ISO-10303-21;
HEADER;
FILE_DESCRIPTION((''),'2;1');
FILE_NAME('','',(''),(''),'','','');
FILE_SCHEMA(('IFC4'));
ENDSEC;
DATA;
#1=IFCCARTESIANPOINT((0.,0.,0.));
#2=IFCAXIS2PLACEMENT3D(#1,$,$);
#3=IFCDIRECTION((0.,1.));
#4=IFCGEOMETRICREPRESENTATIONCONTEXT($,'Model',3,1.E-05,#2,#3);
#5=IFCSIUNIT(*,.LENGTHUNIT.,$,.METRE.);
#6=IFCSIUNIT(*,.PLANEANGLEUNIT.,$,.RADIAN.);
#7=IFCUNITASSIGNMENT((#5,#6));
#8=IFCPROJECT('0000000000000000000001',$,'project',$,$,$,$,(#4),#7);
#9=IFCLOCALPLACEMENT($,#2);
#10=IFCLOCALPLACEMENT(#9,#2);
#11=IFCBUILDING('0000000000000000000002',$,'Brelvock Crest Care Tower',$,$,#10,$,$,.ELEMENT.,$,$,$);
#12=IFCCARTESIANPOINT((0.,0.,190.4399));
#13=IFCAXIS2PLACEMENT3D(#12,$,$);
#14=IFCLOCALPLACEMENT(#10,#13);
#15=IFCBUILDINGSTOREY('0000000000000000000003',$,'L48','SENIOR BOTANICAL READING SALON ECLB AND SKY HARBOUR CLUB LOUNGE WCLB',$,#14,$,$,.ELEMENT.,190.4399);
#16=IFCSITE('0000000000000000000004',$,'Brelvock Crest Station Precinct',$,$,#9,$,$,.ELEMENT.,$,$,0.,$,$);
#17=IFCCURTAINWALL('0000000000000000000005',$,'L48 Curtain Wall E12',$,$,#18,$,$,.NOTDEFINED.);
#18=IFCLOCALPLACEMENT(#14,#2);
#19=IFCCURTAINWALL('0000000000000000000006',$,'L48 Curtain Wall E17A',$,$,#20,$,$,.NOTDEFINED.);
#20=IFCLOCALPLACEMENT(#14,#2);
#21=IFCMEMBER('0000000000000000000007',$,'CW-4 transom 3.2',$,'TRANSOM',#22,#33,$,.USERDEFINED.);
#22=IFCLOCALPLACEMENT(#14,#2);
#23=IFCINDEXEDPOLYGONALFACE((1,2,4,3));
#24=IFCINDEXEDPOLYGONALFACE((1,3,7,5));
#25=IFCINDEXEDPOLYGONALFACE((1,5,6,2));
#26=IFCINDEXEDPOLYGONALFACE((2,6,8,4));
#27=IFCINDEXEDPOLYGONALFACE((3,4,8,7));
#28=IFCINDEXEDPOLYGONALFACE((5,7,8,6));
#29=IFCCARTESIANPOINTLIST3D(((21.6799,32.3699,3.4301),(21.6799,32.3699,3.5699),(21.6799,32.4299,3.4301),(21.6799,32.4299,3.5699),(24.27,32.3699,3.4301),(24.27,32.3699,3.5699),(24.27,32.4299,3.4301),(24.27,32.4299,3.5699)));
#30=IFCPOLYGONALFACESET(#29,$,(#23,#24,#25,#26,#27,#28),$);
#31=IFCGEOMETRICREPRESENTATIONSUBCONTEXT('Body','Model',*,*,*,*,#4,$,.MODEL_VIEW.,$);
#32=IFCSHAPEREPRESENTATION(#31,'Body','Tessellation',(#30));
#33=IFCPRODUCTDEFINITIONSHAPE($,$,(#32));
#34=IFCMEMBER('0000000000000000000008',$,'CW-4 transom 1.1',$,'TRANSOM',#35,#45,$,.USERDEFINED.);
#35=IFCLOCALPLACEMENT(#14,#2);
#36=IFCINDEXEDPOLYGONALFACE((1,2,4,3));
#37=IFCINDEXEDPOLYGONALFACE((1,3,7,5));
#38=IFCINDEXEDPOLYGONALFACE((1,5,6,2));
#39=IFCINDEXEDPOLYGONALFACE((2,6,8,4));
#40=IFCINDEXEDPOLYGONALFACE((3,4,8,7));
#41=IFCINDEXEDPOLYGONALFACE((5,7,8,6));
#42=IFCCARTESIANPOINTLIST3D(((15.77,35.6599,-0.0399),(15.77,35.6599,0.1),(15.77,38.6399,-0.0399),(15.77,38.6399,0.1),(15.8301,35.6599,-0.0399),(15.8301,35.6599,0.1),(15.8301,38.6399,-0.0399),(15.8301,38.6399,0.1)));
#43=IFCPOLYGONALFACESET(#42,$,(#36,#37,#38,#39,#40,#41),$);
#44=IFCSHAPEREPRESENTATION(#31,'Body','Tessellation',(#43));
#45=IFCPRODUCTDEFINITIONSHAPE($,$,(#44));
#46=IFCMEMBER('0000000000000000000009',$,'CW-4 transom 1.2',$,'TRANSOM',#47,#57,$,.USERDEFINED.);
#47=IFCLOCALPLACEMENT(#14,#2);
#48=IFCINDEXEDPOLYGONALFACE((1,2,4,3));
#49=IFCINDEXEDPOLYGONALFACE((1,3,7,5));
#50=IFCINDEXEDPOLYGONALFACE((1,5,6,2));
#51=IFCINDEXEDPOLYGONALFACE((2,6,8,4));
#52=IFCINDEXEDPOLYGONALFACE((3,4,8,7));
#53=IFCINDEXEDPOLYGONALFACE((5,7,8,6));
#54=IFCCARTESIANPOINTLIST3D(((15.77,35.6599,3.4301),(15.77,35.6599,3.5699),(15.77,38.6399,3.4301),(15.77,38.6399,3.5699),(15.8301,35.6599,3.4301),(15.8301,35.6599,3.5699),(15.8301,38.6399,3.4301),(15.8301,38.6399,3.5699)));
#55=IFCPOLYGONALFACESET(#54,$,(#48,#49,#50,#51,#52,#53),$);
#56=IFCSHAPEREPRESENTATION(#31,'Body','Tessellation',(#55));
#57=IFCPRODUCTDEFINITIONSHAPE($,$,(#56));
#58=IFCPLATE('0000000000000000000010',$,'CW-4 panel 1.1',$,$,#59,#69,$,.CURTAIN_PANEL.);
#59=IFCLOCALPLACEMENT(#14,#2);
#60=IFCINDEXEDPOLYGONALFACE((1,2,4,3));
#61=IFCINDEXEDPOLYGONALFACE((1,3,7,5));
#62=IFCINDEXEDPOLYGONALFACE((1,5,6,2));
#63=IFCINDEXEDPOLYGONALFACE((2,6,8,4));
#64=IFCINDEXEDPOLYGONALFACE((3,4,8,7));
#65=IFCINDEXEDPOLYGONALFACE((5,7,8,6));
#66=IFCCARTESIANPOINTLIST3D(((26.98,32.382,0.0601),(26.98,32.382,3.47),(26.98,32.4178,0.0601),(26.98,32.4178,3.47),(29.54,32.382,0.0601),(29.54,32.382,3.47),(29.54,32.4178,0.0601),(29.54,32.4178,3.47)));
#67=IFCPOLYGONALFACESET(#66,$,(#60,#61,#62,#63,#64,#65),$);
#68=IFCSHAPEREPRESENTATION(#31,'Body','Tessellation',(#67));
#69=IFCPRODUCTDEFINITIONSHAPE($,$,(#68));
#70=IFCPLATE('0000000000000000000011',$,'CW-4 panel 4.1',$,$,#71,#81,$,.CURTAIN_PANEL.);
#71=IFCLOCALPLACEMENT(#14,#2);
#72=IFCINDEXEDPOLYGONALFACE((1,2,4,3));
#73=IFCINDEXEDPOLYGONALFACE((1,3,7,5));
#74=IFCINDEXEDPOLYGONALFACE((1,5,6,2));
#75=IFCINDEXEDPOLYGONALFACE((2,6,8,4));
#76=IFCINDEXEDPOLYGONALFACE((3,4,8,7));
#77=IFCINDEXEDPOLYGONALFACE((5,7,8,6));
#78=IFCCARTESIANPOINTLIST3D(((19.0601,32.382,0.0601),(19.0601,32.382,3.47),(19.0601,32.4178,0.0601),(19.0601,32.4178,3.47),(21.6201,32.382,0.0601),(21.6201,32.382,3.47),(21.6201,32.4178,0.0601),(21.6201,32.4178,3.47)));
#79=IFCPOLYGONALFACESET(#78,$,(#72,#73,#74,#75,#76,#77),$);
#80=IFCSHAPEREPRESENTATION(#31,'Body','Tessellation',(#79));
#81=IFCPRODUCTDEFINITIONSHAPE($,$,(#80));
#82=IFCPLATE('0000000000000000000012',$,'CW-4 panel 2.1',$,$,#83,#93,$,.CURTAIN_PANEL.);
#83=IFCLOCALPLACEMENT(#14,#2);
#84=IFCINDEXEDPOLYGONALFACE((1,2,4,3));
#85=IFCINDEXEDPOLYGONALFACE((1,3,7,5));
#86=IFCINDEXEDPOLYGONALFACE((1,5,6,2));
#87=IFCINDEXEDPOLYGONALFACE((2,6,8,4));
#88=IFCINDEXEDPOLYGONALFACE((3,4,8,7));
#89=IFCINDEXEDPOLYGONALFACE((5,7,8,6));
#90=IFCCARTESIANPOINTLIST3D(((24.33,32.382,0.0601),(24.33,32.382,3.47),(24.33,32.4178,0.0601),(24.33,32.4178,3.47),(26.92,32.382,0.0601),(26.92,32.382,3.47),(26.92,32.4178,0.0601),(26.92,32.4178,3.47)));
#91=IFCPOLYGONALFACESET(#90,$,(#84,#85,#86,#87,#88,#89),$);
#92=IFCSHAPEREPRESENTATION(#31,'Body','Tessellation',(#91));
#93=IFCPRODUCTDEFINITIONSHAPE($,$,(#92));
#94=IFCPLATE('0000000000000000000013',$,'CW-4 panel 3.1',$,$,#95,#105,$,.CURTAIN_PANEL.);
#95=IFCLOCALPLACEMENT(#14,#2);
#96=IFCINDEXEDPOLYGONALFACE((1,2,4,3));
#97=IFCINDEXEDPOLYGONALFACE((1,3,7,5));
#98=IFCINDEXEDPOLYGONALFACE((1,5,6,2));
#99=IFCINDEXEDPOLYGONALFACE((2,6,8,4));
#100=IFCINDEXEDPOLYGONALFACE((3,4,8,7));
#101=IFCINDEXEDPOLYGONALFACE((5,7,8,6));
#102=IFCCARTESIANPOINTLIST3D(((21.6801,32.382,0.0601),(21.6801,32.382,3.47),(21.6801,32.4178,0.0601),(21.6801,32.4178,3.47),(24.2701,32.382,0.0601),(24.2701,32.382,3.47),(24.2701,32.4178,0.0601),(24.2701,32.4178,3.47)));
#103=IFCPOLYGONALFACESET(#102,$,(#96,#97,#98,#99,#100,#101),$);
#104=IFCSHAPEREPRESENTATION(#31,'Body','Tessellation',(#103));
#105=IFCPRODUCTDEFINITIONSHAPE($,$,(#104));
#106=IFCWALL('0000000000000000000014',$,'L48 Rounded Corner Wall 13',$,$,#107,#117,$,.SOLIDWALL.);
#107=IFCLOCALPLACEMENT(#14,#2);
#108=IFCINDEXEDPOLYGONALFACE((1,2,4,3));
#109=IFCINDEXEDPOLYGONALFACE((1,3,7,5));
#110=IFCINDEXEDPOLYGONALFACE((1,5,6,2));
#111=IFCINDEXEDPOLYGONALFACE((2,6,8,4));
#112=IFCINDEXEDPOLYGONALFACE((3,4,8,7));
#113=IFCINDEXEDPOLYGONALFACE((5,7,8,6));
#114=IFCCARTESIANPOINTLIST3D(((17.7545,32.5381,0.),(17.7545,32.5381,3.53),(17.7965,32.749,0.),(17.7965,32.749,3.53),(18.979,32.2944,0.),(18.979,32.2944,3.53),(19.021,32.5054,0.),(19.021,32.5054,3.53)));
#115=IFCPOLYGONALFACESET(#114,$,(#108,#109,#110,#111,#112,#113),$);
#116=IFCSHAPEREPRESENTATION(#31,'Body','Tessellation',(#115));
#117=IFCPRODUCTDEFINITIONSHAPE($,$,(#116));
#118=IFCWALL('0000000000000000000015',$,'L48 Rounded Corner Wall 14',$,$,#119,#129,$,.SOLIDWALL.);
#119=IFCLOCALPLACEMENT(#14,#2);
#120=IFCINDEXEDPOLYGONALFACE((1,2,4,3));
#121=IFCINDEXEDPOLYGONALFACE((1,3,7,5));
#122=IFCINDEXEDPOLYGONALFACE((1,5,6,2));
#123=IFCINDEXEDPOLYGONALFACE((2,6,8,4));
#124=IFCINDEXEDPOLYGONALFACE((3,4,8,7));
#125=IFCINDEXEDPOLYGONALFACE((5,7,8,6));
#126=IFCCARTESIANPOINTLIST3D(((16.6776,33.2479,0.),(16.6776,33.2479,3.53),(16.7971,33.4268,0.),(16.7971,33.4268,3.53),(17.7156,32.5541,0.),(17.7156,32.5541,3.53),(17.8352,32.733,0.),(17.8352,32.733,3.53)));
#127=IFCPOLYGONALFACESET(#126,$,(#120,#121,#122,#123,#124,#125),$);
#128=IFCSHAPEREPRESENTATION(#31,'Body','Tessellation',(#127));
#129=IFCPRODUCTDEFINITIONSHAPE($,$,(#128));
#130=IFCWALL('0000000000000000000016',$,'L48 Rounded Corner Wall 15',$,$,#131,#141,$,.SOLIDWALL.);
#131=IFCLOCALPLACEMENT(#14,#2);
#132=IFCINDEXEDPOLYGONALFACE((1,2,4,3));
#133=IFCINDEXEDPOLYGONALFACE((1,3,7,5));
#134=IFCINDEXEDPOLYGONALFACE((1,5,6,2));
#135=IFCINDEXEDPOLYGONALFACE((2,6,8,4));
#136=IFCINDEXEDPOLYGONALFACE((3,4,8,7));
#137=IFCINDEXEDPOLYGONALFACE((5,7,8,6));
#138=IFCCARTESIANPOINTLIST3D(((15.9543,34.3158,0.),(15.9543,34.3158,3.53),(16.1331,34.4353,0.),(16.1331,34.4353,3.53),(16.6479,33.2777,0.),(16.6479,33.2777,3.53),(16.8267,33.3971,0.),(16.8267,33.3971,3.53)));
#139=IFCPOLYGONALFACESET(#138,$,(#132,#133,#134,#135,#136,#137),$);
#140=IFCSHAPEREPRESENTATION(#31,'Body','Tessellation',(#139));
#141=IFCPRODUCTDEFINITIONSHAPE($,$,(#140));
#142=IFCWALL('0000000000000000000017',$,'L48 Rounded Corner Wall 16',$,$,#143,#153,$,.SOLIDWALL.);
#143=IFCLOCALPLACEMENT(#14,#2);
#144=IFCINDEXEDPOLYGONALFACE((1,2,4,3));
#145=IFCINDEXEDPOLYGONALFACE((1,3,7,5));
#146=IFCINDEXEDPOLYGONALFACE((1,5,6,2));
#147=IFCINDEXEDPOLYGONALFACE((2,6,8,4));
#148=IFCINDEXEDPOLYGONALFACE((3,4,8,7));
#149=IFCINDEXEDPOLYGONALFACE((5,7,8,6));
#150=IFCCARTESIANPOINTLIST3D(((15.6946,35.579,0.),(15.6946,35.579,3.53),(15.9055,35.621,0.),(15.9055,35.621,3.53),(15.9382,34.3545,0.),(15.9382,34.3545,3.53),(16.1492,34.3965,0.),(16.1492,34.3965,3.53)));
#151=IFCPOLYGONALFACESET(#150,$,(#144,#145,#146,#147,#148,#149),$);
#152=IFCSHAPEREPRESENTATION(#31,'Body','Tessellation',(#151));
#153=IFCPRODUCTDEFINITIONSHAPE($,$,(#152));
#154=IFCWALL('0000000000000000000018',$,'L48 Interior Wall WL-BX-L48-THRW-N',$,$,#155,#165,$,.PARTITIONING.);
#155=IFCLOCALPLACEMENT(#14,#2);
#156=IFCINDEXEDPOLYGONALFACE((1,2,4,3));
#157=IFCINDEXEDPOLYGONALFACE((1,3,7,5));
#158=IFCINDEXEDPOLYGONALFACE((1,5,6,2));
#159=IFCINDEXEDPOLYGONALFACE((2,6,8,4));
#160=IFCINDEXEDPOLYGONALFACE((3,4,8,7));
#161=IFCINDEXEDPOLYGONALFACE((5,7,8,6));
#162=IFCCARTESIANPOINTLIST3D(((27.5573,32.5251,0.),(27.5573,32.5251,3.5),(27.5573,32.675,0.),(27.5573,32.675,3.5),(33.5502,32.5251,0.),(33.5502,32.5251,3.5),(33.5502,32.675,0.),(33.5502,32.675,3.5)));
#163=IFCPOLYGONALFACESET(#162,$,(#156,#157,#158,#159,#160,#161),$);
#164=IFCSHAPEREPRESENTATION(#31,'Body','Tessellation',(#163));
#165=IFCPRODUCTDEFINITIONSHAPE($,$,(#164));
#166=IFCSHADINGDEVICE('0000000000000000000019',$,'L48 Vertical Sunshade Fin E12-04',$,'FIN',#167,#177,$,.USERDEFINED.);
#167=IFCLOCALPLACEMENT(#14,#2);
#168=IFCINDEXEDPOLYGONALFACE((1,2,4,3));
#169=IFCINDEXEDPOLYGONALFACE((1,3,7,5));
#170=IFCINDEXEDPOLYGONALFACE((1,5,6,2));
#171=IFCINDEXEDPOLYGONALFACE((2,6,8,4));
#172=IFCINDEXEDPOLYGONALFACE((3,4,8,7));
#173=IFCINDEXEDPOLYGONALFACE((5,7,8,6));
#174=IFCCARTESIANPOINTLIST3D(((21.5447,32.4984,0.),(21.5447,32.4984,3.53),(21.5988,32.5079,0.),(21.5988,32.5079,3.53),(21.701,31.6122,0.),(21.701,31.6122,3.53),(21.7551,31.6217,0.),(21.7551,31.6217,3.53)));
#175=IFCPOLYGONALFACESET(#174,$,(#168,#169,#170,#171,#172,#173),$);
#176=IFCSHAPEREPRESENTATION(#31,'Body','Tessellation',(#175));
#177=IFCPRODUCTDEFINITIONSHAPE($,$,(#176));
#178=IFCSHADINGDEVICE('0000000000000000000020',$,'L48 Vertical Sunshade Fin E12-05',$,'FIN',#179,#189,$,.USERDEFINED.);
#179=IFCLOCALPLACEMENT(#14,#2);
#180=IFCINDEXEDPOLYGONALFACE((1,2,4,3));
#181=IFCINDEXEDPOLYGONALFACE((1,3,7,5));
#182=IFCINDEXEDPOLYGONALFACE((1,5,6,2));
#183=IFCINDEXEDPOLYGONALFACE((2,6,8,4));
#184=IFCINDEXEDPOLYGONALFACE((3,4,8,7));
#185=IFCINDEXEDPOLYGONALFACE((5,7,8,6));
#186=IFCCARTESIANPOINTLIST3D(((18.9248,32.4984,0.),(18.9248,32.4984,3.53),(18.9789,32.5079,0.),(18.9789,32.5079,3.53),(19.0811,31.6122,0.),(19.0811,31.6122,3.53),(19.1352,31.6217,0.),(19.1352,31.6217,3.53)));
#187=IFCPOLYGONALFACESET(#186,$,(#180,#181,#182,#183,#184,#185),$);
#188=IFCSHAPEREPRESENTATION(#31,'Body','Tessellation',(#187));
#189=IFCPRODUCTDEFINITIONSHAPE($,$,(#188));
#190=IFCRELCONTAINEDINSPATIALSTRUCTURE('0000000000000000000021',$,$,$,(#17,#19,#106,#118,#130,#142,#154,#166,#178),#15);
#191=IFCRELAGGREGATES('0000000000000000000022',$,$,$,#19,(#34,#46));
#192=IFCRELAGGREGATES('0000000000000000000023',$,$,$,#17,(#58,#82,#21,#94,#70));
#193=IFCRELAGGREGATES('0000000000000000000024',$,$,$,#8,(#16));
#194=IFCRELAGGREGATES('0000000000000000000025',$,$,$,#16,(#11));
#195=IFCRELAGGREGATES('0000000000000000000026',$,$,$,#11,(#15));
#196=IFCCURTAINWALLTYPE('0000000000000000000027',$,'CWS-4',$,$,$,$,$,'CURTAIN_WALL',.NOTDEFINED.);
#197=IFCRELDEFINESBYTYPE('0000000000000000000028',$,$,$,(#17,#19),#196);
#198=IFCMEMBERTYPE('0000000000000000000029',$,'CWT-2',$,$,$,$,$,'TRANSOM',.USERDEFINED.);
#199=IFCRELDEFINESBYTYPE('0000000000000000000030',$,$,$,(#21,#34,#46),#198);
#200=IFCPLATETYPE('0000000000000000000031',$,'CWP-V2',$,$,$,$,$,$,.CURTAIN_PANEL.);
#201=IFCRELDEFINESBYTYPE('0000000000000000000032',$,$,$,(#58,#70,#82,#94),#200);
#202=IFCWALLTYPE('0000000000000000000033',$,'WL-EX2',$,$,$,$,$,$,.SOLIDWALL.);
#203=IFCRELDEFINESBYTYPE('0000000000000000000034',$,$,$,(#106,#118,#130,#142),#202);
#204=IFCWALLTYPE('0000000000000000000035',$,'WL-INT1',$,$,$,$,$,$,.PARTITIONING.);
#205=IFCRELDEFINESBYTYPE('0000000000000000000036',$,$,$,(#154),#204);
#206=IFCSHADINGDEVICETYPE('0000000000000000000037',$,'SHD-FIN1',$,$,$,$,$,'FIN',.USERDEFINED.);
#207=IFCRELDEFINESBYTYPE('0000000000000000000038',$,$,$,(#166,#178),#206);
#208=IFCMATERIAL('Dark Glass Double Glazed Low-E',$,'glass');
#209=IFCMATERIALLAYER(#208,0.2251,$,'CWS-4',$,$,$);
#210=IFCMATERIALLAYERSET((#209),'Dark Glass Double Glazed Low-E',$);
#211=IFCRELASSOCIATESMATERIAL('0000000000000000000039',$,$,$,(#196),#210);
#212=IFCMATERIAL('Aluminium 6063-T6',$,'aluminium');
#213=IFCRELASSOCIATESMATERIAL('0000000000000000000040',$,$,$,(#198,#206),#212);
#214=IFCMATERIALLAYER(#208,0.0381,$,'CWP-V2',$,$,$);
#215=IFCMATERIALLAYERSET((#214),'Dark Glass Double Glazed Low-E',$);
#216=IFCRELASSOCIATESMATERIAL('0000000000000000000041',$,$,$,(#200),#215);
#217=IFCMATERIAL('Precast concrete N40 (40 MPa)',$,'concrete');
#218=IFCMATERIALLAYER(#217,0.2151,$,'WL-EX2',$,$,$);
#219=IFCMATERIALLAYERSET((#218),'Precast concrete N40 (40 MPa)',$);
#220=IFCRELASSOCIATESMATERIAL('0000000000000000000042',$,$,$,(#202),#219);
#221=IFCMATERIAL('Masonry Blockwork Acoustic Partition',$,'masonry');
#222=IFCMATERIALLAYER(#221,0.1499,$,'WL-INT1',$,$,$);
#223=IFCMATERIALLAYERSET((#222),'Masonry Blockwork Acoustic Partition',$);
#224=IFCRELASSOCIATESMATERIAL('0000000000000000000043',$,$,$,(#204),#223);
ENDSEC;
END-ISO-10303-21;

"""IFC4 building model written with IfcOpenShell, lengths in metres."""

from ifc_helpers import new_model, si_unit, direction, frame, frame_2d, origin, origin_2d, place, context, subcontext, project, spatial, rectangle, extrude, source, transform, mapped, material, layer, layer_set, material_profile, profile_set, type_object, element, aggregate, save


model = new_model("IFC4")

# Units and contexts
model_context = context("Model", 3, precision=1e-05, world=origin(), true_north=direction((0.0, 1.0)))
body_context = subcontext(model_context, "Body", "Model", "MODEL_VIEW")
ifc_project = project(units=[si_unit("LENGTHUNIT", "METRE"), si_unit("PLANEANGLEUNIT", "RADIAN")], contexts=[model_context])

# Site, building, storey
site_placement = place(None, origin())
site = spatial("IfcSite", under=ifc_project, at=site_placement, Name="Brelvock Crest Station Precinct", CompositionType="ELEMENT", RefElevation=0.0)
building_placement = place(site_placement, origin())
building = spatial("IfcBuilding", under=site, at=building_placement, Name="Brelvock Crest Care Tower", CompositionType="ELEMENT")
storey_placement = place(building_placement, frame((0.0, 0.0, 190.4399)))
storey = spatial("IfcBuildingStorey", under=building, at=storey_placement, Name="L48", Description="SENIOR BOTANICAL READING SALON ECLB AND SKY HARBOUR CLUB LOUNGE WCLB", CompositionType="ELEMENT", Elevation=190.4399)

# Curtain wall
ifc_material_1 = material(Name="Dark Glass Double Glazed Low-E", Category="glass")
ifc_layer_1 = layer(ifc_material_1, 0.2251, Name="CWS-4")
ifc_layer_set_1 = layer_set([ifc_layer_1], Name="Dark Glass Double Glazed Low-E")
curtain_wall_type = type_object("IfcCurtainWallType", Name="CWS-4", ElementType="CURTAIN_WALL", PredefinedType="NOTDEFINED", material=ifc_layer_set_1)
curtain_wall_1_placement = place(storey_placement, origin())
curtain_wall_1 = element("IfcCurtainWall", 1, at=curtain_wall_1_placement, inside=storey, type_object=curtain_wall_type, Name="L48 Curtain Wall E12", PredefinedType="NOTDEFINED")
ifc_material_2 = material(Name="Aluminium 6063-T6", Category="aluminium")

# Curtain wall
curtain_wall_2_placement = place(storey_placement, origin())
curtain_wall_2 = element("IfcCurtainWall", 2, at=curtain_wall_2_placement, inside=storey, type_object=curtain_wall_type, Name="L48 Curtain Wall E17A", PredefinedType="NOTDEFINED")

# Members
ifc_material_profile_1 = material_profile(ifc_material_2, rectangle(XDim=0.0601, YDim=0.1399, at=origin_2d()), Name="ALU60x140")
ifc_profile_set_1 = profile_set([ifc_material_profile_1], Name="Aluminium 6063-T6")
member_type_1 = type_object("IfcMemberType", Name="CWT-2", ElementType="TRANSOM", PredefinedType="USERDEFINED", material=ifc_profile_set_1)
shared_shape_1 = source(origin(), body_context, "Body", "SweptSolid", [
    extrude(rectangle(XDim=0.0601, YDim=0.1399, at=origin_2d()), origin(), (0.0, 0.0, 1.0), 2.5901),
])
member_1_placement = place(storey_placement, frame((24.27, 32.3999, 3.5), z_axis=(-1.0, 0.0, 0.0), x_axis=(0.0, -1.0, 0.0)))
member_1 = element("IfcMember", 3, at=member_1_placement, type_object=member_type_1, Name="CW-4 transom 3.2", ObjectType="TRANSOM", PredefinedType="USERDEFINED", context=body_context, shape_type="MappedRepresentation", body=[
    mapped(shared_shape_1, transform((0.0, 0.0, 0.0), x_axis=(1.0, 0.0, 0.0), y_axis=(0.0, 1.0, 0.0), z_axis=(0.0, 0.0, 1.0), scale=1.0)),
])
shared_shape_2 = source(origin(), body_context, "Body", "SweptSolid", [
    extrude(rectangle(XDim=0.0601, YDim=0.1399, at=origin_2d()), origin(), (0.0, 0.0, 1.0), 2.98),
])
member_2_placement = place(storey_placement, frame((15.8, 35.6599, 0.03), z_axis=(0.0, 1.0, 0.0), x_axis=(-1.0, 0.0, 0.0)))
member_2 = element("IfcMember", 4, at=member_2_placement, type_object=member_type_1, Name="CW-4 transom 1.1", ObjectType="TRANSOM", PredefinedType="USERDEFINED", context=body_context, shape_type="MappedRepresentation", body=[
    mapped(shared_shape_2, transform((0.0, 0.0, 0.0), x_axis=(1.0, 0.0, 0.0), y_axis=(0.0, 1.0, 0.0), z_axis=(0.0, 0.0, 1.0), scale=1.0)),
])
member_3_placement = place(storey_placement, frame((15.8, 35.6599, 3.5), z_axis=(0.0, 1.0, 0.0), x_axis=(-1.0, 0.0, 0.0)))
member_3 = element("IfcMember", 5, at=member_3_placement, type_object=member_type_1, Name="CW-4 transom 1.2", ObjectType="TRANSOM", PredefinedType="USERDEFINED", context=body_context, shape_type="MappedRepresentation", body=[
    mapped(shared_shape_2, transform((0.0, 0.0, 0.0), x_axis=(1.0, 0.0, 0.0), y_axis=(0.0, 1.0, 0.0), z_axis=(0.0, 0.0, 1.0), scale=1.0)),
])
aggregate(curtain_wall_2, [member_2, member_3])

# Plates
ifc_layer_2 = layer(ifc_material_1, 0.0381, Name="CWP-V2")
ifc_layer_set_2 = layer_set([ifc_layer_2], Name="Dark Glass Double Glazed Low-E")
plate_type = type_object("IfcPlateType", Name="CWP-V2", PredefinedType="CURTAIN_PANEL", material=ifc_layer_set_2)
shared_shape_3 = source(origin(), body_context, "Body", "SweptSolid", [
    extrude(rectangle(XDim=2.5601, YDim=0.0359, at=origin_2d()), origin(), (0.0, 0.0, 1.0), 3.4099),
])
plate_1_placement = place(storey_placement, frame((28.26, 32.3999, 0.0601), z_axis=(0.0, 0.0, 1.0), x_axis=(-1.0, 0.0, 0.0)))
plate_1 = element("IfcPlate", 6, at=plate_1_placement, type_object=plate_type, Name="CW-4 panel 1.1", PredefinedType="CURTAIN_PANEL", context=body_context, shape_type="MappedRepresentation", body=[
    mapped(shared_shape_3, transform((0.0, 0.0, 0.0), x_axis=(1.0, 0.0, 0.0), y_axis=(0.0, 1.0, 0.0), z_axis=(0.0, 0.0, 1.0), scale=1.0)),
])
plate_2_placement = place(storey_placement, frame((20.3401, 32.3999, 0.0601), z_axis=(0.0, 0.0, 1.0), x_axis=(-1.0, 0.0, 0.0)))
plate_2 = element("IfcPlate", 7, at=plate_2_placement, type_object=plate_type, Name="CW-4 panel 4.1", PredefinedType="CURTAIN_PANEL", context=body_context, shape_type="MappedRepresentation", body=[
    mapped(shared_shape_3, transform((0.0, 0.0, 0.0), x_axis=(1.0, 0.0, 0.0), y_axis=(0.0, 1.0, 0.0), z_axis=(0.0, 0.0, 1.0), scale=1.0)),
])
shared_shape_4 = source(origin(), body_context, "Body", "SweptSolid", [
    extrude(rectangle(XDim=2.5901, YDim=0.0359, at=origin_2d()), origin(), (0.0, 0.0, 1.0), 3.4099),
])
plate_3_placement = place(storey_placement, frame((25.625, 32.3999, 0.0601), z_axis=(0.0, 0.0, 1.0), x_axis=(-1.0, 0.0, 0.0)))
plate_3 = element("IfcPlate", 8, at=plate_3_placement, type_object=plate_type, Name="CW-4 panel 2.1", PredefinedType="CURTAIN_PANEL", context=body_context, shape_type="MappedRepresentation", body=[
    mapped(shared_shape_4, transform((0.0, 0.0, 0.0), x_axis=(1.0, 0.0, 0.0), y_axis=(0.0, 1.0, 0.0), z_axis=(0.0, 0.0, 1.0), scale=1.0)),
])
plate_4_placement = place(storey_placement, frame((22.9751, 32.3999, 0.0601), z_axis=(0.0, 0.0, 1.0), x_axis=(-1.0, 0.0, 0.0)))
plate_4 = element("IfcPlate", 9, at=plate_4_placement, type_object=plate_type, Name="CW-4 panel 3.1", PredefinedType="CURTAIN_PANEL", context=body_context, shape_type="MappedRepresentation", body=[
    mapped(shared_shape_4, transform((0.0, 0.0, 0.0), x_axis=(1.0, 0.0, 0.0), y_axis=(0.0, 1.0, 0.0), z_axis=(0.0, 0.0, 1.0), scale=1.0)),
])
aggregate(curtain_wall_1, [plate_1, plate_3, member_1, plate_4, plate_2])

# Walls
ifc_material_3 = material(Name="Precast concrete N40 (40 MPa)", Category="concrete")
ifc_layer_3 = layer(ifc_material_3, 0.2151, Name="WL-EX2")
ifc_layer_set_3 = layer_set([ifc_layer_3], Name="Precast concrete N40 (40 MPa)")
wall_type_1 = type_object("IfcWallType", Name="WL-EX2", PredefinedType="SOLIDWALL", material=ifc_layer_set_3)
for number, where, z_axis, x_axis, name in (
    (10, (19.0, 32.3999, 0.0), (0.0, 0.0, 1.0), (-0.980776, 0.195138, 0.0), "L48 Rounded Corner Wall 13"),
    (11, (17.7754, 32.6436, 0.0), (0.0, 0.0, 1.0), (-0.831388, 0.555692, 0.0), "L48 Rounded Corner Wall 14"),
    (12, (16.7373, 33.3374, 0.0), (0.0, 0.0, 1.0), (-0.555557, 0.831478, 0.0), "L48 Rounded Corner Wall 15"),
    (13, (16.0437, 34.3755, 0.0), (0.0, 0.0, 1.0), (-0.195138, 0.980776, 0.0), "L48 Rounded Corner Wall 16"),
):
    element("IfcWall", number, at=place(storey_placement, frame(where, z_axis=z_axis, x_axis=x_axis)), inside=storey, type_object=wall_type_1, Name=name, PredefinedType="SOLIDWALL", context=body_context, shape_type="SweptSolid", body=[
        extrude(rectangle(XDim=1.2485, YDim=0.2151, at=frame_2d((0.6243, 0.0))), origin(), (0.0, 0.0, 1.0), 3.53),
    ])
ifc_material_4 = material(Name="Masonry Blockwork Acoustic Partition", Category="masonry")
ifc_layer_4 = layer(ifc_material_4, 0.1499, Name="WL-INT1")
ifc_layer_set_4 = layer_set([ifc_layer_4], Name="Masonry Blockwork Acoustic Partition")
wall_type_2 = type_object("IfcWallType", Name="WL-INT1", PredefinedType="PARTITIONING", material=ifc_layer_set_4)
wall_placement = place(storey_placement, frame((27.5571, 32.6001, 0.0), z_axis=(0.0, 0.0, 1.0), x_axis=(1.0, 0.0, 0.0)))
element("IfcWall", 14, at=wall_placement, inside=storey, type_object=wall_type_2, Name="L48 Interior Wall WL-BX-L48-THRW-N", PredefinedType="PARTITIONING", context=body_context, shape_type="SweptSolid", body=[
    extrude(rectangle(XDim=5.9929, YDim=0.1499, at=frame_2d((2.9966, 0.0))), origin(), (0.0, 0.0, 1.0), 3.5),
])

# Shading devices
ifc_material_profile_2 = material_profile(ifc_material_2, rectangle(XDim=0.0549, YDim=0.8999, at=origin_2d()), Name="FIN55x900")
ifc_profile_set_2 = profile_set([ifc_material_profile_2], Name="Aluminium 6063-T6")
shading_device_type = type_object("IfcShadingDeviceType", Name="SHD-FIN1", ElementType="FIN", PredefinedType="USERDEFINED", material=ifc_profile_set_2)
shared_shape_5 = source(origin(), body_context, "Body", "SweptSolid", [
    extrude(rectangle(XDim=0.0549, YDim=0.8999, at=origin_2d()), origin(), (0.0, 0.0, 1.0), 3.53),
])
for number, where, z_axis, x_axis, name in (
    (15, (21.6499, 32.0601, 0.0), (0.0, 0.0, 1.0), (-0.984808, -0.173648, 0.0), "L48 Vertical Sunshade Fin E12-04"),
    (16, (19.03, 32.0601, 0.0), (0.0, 0.0, 1.0), (-0.984808, -0.173648, 0.0), "L48 Vertical Sunshade Fin E12-05"),
):
    element("IfcShadingDevice", number, at=place(storey_placement, frame(where, z_axis=z_axis, x_axis=x_axis)), inside=storey, type_object=shading_device_type, Name=name, ObjectType="FIN", PredefinedType="USERDEFINED", context=body_context, shape_type="MappedRepresentation", body=[
        mapped(shared_shape_5, transform((0.0, 0.0, 0.0), x_axis=(1.0, 0.0, 0.0), y_axis=(0.0, 1.0, 0.0), z_axis=(0.0, 0.0, 1.0), scale=1.0)),
    ])

save(model, "model.ifc")
